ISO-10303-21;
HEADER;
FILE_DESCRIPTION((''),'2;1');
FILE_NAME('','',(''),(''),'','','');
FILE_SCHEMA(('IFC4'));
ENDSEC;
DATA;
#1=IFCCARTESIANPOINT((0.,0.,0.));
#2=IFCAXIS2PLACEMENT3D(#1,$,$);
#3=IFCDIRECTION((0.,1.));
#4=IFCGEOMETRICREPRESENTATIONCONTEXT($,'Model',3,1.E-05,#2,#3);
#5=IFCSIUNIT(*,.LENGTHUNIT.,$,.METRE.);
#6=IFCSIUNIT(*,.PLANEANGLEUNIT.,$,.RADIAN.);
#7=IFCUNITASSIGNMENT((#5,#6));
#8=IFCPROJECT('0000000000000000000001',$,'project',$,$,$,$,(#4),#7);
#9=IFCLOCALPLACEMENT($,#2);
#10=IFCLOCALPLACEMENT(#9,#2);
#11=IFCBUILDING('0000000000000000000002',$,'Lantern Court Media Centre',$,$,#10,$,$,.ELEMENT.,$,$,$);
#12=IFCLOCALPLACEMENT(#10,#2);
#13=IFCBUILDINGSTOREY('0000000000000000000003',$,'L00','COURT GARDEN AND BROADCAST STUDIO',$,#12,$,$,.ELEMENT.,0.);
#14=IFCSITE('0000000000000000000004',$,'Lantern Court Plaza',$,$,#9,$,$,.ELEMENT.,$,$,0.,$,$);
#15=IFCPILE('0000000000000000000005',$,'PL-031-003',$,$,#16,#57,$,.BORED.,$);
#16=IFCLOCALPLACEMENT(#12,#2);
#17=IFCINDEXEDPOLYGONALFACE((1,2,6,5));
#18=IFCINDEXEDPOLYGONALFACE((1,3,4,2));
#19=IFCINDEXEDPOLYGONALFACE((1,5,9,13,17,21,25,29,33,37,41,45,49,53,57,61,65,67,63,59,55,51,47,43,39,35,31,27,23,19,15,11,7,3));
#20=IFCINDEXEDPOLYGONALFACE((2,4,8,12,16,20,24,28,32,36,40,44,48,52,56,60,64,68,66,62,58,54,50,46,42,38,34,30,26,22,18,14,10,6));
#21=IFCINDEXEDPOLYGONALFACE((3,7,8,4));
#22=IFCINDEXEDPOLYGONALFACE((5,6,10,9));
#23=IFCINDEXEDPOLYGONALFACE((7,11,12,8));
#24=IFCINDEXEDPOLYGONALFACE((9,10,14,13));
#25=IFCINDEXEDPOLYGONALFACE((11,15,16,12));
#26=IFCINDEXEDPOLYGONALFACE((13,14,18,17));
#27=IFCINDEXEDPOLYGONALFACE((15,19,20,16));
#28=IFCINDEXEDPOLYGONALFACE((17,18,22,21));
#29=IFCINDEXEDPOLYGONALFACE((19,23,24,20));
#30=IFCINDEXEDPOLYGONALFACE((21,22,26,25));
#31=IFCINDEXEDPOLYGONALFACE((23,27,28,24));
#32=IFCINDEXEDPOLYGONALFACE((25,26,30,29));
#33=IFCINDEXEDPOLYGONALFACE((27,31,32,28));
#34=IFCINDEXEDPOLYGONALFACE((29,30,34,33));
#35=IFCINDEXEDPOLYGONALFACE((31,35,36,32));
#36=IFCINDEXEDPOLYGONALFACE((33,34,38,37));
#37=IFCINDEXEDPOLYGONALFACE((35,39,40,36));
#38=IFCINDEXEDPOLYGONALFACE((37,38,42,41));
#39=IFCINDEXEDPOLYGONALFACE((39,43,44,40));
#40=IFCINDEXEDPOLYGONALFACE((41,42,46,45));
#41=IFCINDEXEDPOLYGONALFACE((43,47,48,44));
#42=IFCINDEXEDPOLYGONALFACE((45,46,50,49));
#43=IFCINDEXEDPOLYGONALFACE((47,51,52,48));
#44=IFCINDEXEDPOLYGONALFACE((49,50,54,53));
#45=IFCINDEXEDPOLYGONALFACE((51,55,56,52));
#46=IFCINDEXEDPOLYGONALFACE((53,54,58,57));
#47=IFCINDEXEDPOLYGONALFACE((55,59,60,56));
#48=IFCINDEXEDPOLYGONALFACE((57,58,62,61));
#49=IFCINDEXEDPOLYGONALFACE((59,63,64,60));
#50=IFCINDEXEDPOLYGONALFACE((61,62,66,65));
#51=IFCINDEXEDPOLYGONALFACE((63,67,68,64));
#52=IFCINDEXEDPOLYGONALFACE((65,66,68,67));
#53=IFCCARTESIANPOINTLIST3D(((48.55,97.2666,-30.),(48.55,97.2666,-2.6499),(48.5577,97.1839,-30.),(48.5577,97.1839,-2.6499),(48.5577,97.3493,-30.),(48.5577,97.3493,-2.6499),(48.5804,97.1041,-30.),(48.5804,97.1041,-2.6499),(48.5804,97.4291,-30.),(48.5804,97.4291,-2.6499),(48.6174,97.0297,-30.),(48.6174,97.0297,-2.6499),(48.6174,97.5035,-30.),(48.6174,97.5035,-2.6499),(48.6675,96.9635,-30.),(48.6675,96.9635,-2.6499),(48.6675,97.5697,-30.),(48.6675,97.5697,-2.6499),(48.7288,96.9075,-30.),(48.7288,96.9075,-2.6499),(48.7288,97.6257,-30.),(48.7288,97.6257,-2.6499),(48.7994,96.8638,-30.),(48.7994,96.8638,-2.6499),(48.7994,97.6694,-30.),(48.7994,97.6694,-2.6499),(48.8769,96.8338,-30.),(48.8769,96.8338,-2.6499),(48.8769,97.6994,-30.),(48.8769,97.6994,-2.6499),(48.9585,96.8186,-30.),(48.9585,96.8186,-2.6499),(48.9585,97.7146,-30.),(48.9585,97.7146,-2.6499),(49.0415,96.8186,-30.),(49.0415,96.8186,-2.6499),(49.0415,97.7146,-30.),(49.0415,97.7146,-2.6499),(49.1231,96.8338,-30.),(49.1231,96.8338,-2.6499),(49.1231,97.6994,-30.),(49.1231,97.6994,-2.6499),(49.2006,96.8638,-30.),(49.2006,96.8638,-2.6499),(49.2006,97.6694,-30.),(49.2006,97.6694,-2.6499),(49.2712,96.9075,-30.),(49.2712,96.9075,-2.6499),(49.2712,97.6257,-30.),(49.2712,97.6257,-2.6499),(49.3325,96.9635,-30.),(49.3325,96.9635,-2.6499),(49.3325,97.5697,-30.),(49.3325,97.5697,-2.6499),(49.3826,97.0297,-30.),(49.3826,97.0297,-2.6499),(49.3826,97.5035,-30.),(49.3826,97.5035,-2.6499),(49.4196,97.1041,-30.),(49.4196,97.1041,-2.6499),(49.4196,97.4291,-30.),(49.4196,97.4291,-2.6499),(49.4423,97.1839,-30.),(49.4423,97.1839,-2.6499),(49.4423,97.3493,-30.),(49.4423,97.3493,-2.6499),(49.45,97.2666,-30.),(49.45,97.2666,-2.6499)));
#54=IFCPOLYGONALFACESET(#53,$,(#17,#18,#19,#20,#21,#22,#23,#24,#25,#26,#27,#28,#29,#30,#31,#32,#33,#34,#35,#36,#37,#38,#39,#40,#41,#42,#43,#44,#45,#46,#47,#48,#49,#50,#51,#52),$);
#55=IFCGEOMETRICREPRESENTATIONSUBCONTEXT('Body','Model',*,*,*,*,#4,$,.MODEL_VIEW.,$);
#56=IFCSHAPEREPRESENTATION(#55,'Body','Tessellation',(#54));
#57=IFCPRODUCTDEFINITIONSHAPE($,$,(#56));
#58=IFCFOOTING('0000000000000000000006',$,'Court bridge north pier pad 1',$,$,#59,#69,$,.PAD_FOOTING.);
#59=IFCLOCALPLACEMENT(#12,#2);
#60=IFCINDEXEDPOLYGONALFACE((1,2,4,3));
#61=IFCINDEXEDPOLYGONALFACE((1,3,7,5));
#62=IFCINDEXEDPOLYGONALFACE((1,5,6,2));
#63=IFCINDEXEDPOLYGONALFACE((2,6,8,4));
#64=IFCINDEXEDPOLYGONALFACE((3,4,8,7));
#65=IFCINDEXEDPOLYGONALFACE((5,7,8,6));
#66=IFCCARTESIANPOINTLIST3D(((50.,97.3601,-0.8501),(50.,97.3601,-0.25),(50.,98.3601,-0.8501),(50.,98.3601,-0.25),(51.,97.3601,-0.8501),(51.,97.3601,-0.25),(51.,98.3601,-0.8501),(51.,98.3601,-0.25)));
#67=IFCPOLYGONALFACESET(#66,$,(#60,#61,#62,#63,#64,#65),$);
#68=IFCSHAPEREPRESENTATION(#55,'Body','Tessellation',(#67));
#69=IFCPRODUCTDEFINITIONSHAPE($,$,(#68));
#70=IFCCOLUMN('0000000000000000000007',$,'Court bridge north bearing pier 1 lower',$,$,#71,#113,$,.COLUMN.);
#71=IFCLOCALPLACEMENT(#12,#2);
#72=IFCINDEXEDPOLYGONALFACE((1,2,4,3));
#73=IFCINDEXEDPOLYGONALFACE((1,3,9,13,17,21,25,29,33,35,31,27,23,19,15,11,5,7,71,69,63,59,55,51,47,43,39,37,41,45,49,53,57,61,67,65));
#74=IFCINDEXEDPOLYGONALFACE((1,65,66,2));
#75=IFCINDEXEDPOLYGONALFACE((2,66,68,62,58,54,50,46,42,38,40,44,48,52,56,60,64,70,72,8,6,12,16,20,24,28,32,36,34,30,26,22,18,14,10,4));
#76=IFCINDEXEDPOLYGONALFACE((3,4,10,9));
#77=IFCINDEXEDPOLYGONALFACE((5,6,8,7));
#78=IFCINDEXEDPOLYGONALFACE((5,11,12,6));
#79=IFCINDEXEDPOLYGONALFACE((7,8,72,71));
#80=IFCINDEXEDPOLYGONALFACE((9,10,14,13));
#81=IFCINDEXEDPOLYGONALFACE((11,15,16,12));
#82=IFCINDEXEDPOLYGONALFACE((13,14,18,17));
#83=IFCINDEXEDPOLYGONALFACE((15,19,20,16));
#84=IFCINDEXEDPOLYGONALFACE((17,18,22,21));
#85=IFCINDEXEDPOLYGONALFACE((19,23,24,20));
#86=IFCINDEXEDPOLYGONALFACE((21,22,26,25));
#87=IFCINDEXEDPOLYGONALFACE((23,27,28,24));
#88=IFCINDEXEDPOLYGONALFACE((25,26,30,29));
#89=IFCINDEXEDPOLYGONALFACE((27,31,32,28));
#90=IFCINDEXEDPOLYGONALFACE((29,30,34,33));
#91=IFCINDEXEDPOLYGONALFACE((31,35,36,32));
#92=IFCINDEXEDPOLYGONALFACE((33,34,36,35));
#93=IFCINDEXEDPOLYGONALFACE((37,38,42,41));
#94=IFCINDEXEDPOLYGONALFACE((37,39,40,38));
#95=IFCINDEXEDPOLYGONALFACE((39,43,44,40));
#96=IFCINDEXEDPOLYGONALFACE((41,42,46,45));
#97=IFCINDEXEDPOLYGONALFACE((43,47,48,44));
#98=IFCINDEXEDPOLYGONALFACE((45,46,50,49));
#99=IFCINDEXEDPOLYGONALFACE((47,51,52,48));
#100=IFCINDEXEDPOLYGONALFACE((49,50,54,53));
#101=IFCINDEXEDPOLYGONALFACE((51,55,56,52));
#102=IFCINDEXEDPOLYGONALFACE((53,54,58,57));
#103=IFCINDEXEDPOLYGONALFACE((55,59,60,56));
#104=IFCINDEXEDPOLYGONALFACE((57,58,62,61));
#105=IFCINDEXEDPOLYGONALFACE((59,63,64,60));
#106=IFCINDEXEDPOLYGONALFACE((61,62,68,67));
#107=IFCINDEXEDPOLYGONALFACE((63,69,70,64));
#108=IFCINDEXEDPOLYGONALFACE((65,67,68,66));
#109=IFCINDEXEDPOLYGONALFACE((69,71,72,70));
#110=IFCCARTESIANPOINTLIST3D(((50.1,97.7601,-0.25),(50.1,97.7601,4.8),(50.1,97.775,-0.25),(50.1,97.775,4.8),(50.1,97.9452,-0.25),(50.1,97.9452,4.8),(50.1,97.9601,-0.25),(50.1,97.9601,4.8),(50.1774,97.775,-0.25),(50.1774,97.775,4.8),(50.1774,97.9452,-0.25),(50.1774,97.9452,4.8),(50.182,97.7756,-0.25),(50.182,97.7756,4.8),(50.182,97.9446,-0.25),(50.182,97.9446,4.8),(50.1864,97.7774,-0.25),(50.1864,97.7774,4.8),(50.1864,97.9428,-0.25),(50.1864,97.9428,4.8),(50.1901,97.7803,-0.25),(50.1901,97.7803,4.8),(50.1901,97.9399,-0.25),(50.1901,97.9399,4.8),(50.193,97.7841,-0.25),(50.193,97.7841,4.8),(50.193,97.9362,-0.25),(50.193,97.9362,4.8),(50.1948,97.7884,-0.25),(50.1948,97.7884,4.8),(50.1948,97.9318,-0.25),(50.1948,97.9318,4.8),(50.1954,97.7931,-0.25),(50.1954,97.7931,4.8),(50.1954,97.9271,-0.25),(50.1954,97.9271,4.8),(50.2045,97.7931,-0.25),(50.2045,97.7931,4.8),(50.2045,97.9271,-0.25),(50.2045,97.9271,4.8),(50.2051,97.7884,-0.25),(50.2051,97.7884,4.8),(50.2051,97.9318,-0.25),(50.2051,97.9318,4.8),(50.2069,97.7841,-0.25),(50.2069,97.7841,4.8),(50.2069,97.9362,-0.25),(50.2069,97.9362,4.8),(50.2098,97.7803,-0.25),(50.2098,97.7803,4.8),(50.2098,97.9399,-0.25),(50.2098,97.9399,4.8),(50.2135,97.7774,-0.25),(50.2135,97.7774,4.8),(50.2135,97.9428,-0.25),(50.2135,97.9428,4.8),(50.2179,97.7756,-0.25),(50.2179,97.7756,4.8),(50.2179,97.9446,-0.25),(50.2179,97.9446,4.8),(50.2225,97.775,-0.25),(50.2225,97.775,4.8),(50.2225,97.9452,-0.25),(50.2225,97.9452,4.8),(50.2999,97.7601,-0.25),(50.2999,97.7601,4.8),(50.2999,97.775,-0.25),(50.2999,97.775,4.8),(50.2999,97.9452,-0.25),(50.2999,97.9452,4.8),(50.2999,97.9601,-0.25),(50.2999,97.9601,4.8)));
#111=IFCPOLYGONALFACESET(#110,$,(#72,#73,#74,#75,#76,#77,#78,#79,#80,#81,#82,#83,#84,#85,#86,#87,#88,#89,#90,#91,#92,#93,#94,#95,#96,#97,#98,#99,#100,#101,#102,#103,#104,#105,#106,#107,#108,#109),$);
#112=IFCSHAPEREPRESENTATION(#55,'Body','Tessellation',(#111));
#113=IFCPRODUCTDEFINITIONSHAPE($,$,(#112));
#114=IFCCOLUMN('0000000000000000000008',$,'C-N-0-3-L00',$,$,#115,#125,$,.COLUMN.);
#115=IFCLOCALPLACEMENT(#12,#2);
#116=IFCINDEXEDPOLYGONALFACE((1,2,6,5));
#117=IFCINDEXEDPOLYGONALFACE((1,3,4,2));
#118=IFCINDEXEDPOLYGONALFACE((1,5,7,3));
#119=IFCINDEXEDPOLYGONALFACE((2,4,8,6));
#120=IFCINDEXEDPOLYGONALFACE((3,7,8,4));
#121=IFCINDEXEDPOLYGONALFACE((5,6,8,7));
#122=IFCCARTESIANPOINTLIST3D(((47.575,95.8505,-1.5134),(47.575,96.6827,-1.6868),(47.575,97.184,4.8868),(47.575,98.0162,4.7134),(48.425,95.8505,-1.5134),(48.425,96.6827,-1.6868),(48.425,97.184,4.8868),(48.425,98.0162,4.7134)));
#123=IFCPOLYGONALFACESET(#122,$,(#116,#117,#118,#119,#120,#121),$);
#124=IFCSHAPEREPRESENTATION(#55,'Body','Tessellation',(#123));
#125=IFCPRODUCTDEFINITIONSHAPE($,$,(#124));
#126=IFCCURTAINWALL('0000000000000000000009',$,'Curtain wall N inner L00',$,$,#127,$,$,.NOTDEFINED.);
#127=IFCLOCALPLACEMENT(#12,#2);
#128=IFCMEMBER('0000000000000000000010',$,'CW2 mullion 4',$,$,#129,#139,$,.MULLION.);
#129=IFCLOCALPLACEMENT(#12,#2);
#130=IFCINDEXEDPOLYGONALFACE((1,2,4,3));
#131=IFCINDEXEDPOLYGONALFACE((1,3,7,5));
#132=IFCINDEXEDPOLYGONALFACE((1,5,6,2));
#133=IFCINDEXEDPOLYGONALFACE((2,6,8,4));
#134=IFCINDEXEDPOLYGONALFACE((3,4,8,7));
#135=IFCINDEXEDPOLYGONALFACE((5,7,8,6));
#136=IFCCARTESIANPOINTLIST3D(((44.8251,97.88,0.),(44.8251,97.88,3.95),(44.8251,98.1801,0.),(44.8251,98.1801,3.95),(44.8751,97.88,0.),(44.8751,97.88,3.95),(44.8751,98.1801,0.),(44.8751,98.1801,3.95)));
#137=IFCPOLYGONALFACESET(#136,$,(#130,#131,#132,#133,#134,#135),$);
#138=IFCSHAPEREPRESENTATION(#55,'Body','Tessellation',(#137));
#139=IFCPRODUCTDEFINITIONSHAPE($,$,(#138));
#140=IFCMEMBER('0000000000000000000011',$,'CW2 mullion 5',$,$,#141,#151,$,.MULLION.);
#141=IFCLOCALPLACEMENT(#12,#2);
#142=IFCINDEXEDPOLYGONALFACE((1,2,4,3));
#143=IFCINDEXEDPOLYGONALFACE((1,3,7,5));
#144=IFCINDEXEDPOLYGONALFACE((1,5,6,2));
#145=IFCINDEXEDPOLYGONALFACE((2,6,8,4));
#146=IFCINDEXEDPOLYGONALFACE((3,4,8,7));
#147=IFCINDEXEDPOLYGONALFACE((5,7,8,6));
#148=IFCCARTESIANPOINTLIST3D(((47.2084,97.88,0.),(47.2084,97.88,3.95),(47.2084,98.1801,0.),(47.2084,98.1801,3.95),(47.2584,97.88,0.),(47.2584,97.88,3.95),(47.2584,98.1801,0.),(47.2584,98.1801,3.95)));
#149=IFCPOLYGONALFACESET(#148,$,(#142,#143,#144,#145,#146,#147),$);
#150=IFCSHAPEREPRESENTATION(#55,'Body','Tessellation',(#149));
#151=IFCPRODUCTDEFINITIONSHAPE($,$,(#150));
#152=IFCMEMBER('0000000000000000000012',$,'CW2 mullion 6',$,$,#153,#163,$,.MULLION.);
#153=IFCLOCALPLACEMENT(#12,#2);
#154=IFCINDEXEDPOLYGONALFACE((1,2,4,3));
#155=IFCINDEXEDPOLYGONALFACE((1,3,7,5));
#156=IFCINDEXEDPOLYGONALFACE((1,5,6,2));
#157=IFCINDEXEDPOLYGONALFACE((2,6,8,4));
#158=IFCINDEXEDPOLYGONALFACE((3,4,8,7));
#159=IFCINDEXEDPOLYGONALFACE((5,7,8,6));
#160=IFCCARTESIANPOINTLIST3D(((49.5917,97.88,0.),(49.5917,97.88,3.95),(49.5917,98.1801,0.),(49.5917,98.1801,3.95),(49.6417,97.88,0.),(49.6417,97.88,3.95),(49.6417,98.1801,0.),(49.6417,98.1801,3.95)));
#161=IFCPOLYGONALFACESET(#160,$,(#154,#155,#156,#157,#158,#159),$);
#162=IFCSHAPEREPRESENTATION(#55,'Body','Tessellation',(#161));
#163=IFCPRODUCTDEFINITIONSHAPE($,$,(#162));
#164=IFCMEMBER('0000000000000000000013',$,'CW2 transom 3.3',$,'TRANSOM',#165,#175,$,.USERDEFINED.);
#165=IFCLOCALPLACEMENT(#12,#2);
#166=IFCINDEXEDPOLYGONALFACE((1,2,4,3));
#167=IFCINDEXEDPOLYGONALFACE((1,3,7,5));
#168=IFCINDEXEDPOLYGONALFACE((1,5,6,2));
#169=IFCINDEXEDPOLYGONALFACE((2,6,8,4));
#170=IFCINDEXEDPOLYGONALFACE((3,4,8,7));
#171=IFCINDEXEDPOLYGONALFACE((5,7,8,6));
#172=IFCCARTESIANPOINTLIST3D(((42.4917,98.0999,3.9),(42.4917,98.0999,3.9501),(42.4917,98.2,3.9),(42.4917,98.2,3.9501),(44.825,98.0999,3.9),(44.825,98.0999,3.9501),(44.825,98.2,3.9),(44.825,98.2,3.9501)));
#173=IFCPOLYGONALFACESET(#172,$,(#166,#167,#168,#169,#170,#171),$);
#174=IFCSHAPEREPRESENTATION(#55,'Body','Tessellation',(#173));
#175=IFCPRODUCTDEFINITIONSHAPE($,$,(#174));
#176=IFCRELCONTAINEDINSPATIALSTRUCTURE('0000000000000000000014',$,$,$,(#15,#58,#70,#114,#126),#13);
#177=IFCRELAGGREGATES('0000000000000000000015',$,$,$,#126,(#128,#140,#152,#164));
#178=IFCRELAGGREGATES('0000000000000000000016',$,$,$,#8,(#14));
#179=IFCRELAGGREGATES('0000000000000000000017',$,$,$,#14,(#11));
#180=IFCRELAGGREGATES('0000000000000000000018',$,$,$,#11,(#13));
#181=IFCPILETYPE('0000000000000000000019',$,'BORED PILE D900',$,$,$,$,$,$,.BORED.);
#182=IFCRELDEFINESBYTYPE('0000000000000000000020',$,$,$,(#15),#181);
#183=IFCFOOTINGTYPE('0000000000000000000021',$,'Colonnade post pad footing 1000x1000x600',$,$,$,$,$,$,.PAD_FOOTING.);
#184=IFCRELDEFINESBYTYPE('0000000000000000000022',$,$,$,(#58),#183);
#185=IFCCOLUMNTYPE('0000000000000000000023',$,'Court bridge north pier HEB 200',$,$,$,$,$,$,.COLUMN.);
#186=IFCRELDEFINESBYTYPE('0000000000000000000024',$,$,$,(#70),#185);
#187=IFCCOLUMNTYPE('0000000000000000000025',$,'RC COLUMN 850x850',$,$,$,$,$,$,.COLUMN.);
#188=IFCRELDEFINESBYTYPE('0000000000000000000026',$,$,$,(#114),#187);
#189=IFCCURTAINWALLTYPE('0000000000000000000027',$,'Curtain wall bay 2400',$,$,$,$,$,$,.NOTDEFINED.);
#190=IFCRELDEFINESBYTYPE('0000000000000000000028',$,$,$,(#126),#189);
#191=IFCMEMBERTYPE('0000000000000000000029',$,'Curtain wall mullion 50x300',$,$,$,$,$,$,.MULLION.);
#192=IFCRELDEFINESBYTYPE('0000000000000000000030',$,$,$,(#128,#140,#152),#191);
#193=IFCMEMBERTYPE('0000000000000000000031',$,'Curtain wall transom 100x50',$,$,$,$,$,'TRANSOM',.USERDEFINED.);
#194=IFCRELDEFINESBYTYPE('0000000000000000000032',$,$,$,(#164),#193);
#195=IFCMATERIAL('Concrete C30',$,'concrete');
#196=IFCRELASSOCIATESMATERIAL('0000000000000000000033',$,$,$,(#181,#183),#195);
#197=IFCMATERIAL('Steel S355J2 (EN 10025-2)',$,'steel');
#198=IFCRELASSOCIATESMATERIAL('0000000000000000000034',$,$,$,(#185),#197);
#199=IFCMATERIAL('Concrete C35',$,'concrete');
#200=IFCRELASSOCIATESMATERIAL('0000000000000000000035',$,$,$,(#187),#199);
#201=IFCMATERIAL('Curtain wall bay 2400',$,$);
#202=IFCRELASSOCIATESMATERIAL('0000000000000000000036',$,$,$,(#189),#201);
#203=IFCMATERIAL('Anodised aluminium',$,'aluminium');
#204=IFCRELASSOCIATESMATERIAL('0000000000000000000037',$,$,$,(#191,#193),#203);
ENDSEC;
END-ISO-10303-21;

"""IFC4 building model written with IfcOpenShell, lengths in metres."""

from ifc_helpers import new_model, si_unit, direction, frame, origin, origin_2d, place, context, subcontext, project, spatial, rectangle, circle, i_section, extrude, material, material_profile, profile_set, type_object, element, aggregate, save


model = new_model("IFC4")

# Units and contexts
model_context = context("Model", 3, precision=1e-05, world=origin(), true_north=direction((0.0, 1.0)))
body_context = subcontext(model_context, "Body", "Model", "MODEL_VIEW")
ifc_project = project(units=[si_unit("LENGTHUNIT", "METRE"), si_unit("PLANEANGLEUNIT", "RADIAN")], contexts=[model_context])

# Site, building, storey
site_placement = place(None, origin())
site = spatial("IfcSite", under=ifc_project, at=site_placement, Name="Lantern Court Plaza", CompositionType="ELEMENT", RefElevation=0.0)
building_placement = place(site_placement, origin())
building = spatial("IfcBuilding", under=site, at=building_placement, Name="Lantern Court Media Centre", CompositionType="ELEMENT")
storey_placement = place(building_placement, origin())
storey = spatial("IfcBuildingStorey", under=building, at=storey_placement, Name="L00", Description="COURT GARDEN AND BROADCAST STUDIO", CompositionType="ELEMENT", Elevation=0.0)

# Pile
ifc_material_1 = material(Name="Concrete C30", Category="concrete")
ifc_material_profile_1 = material_profile(ifc_material_1, circle(Radius=0.45, at=origin_2d()), Name="D900")
ifc_profile_set_1 = profile_set([ifc_material_profile_1], Name="Concrete C30")
pile_type_1 = type_object("IfcPileType", Name="BORED PILE D900", PredefinedType="BORED", material=ifc_profile_set_1)
for number, where, z_axis, x_axis, name in (
    (1, (49.0, 97.2666, -2.6499), (0.0, 0.0, -1.0), (1.0, 0.0, 0.0), "PL-031-003"),
):
    element("IfcPile", number, at=place(storey_placement, frame(where, z_axis=z_axis, x_axis=x_axis)), inside=storey, type_object=pile_type_1, Name=name, PredefinedType="BORED", context=body_context, shape_type="SweptSolid", body=[
        extrude(circle(Radius=0.45, at=origin_2d()), origin(), (0.0, 0.0, 1.0), 27.3501),
    ])

# Footing
footing_type = type_object("IfcFootingType", Name="Colonnade post pad footing 1000x1000x600", PredefinedType="PAD_FOOTING", material=ifc_material_1)
footing_placement = place(storey_placement, frame((50.5, 97.8601, -0.8501), z_axis=(0.0, 0.0, 1.0), x_axis=(1.0, 0.0, 0.0)))
element("IfcFooting", 2, at=footing_placement, inside=storey, type_object=footing_type, Name="Court bridge north pier pad 1", PredefinedType="PAD_FOOTING", context=body_context, shape_type="SweptSolid", body=[
    extrude(rectangle(XDim=1.0, YDim=1.0, at=origin_2d()), origin(), (0.0, 0.0, 1.0), 0.6001),
])

# Columns
ifc_material_2 = material(Name="Steel S355J2 (EN 10025-2)", Category="steel")
ifc_material_profile_2 = material_profile(ifc_material_2, i_section(OverallWidth=0.2, OverallDepth=0.2, WebThickness=0.009, FlangeThickness=0.0149, FilletRadius=0.0181, at=origin_2d()), Name="HEB 200")
ifc_profile_set_2 = profile_set([ifc_material_profile_2], Name="Steel S355J2 (EN 10025-2)")
column_type_1 = type_object("IfcColumnType", Name="Court bridge north pier HEB 200", PredefinedType="COLUMN", material=ifc_profile_set_2)
column_1_placement = place(storey_placement, frame((50.2, 97.8601, -0.25), z_axis=(0.0, 0.0, 1.0), x_axis=(1.0, 0.0, 0.0)))
element("IfcColumn", 3, at=column_1_placement, inside=storey, type_object=column_type_1, Name="Court bridge north bearing pier 1 lower", PredefinedType="COLUMN", context=body_context, shape_type="SweptSolid", body=[
    extrude(i_section(OverallWidth=0.2, OverallDepth=0.2, WebThickness=0.009, FlangeThickness=0.0149, FilletRadius=0.0181, at=origin_2d()), origin(), (0.0, 0.0, 1.0), 5.05),
])
ifc_material_3 = material(Name="Concrete C35", Category="concrete")
ifc_material_profile_3 = material_profile(ifc_material_3, rectangle(XDim=0.8501, YDim=0.8501, at=origin_2d()), Name="RC 850x850")
ifc_profile_set_3 = profile_set([ifc_material_profile_3], Name="Concrete C35")
column_type_2 = type_object("IfcColumnType", Name="RC COLUMN 850x850", PredefinedType="COLUMN", material=ifc_profile_set_3)
column_2_placement = place(storey_placement, frame((48.0, 96.2666, -1.6001), z_axis=(0.0, 0.203974, 0.978976), x_axis=(-1.0, 0.0, 0.0)))
element("IfcColumn", 4, at=column_2_placement, inside=storey, type_object=column_type_2, Name="C-N-0-3-L00", PredefinedType="COLUMN", context=body_context, shape_type="SweptSolid", body=[
    extrude(rectangle(XDim=0.8501, YDim=0.8501, at=origin_2d()), origin(), (0.0, 0.0, 1.0), 6.5376),
])

# Curtain wall, members
ifc_material_4 = material(Name="Curtain wall bay 2400")
curtain_wall_type_1 = type_object("IfcCurtainWallType", Name="Curtain wall bay 2400", PredefinedType="NOTDEFINED", material=ifc_material_4)
curtain_wall_1_placement = place(storey_placement, origin())
curtain_wall_1 = element("IfcCurtainWall", 5, at=curtain_wall_1_placement, inside=storey, type_object=curtain_wall_type_1, Name="Curtain wall N inner L00", PredefinedType="NOTDEFINED")
ifc_material_5 = material(Name="Anodised aluminium", Category="aluminium")
ifc_material_profile_4 = material_profile(ifc_material_5, rectangle(XDim=0.3, YDim=0.05, at=origin_2d()), Name="AL 50x300")
ifc_profile_set_4 = profile_set([ifc_material_profile_4], Name="Anodised aluminium")
member_type_1 = type_object("IfcMemberType", Name="Curtain wall mullion 50x300", PredefinedType="MULLION", material=ifc_profile_set_4)
member_1_placement = place(storey_placement, frame((44.8501, 98.03, 0.0), z_axis=(0.0, 0.0, 1.0), x_axis=(0.0, 1.0, 0.0)))
member_1 = element("IfcMember", 6, at=member_1_placement, type_object=member_type_1, Name="CW2 mullion 4", PredefinedType="MULLION", context=body_context, shape_type="SweptSolid", body=[
    extrude(rectangle(XDim=0.3, YDim=0.05, at=origin_2d()), origin(), (0.0, 0.0, 1.0), 3.95),
])
member_2_placement = place(storey_placement, frame((47.2334, 98.03, 0.0), z_axis=(0.0, 0.0, 1.0), x_axis=(0.0, 1.0, 0.0)))
member_2 = element("IfcMember", 7, at=member_2_placement, type_object=member_type_1, Name="CW2 mullion 5", PredefinedType="MULLION", context=body_context, shape_type="SweptSolid", body=[
    extrude(rectangle(XDim=0.3, YDim=0.05, at=origin_2d()), origin(), (0.0, 0.0, 1.0), 3.95),
])
member_3_placement = place(storey_placement, frame((49.6167, 98.03, 0.0), z_axis=(0.0, 0.0, 1.0), x_axis=(0.0, 1.0, 0.0)))
member_3 = element("IfcMember", 8, at=member_3_placement, type_object=member_type_1, Name="CW2 mullion 6", PredefinedType="MULLION", context=body_context, shape_type="SweptSolid", body=[
    extrude(rectangle(XDim=0.3, YDim=0.05, at=origin_2d()), origin(), (0.0, 0.0, 1.0), 3.95),
])
ifc_material_profile_5 = material_profile(ifc_material_5, rectangle(XDim=0.1001, YDim=0.05, at=origin_2d()), Name="AL 50x100")
ifc_profile_set_5 = profile_set([ifc_material_profile_5], Name="Anodised aluminium")
member_type_2 = type_object("IfcMemberType", Name="Curtain wall transom 100x50", ElementType="TRANSOM", PredefinedType="USERDEFINED", material=ifc_profile_set_5)
member_4_placement = place(storey_placement, frame((42.4917, 98.1499, 3.925), z_axis=(1.0, 0.0, 0.0), x_axis=(0.0, 1.0, 0.0)))
member_4 = element("IfcMember", 9, at=member_4_placement, type_object=member_type_2, Name="CW2 transom 3.3", ObjectType="TRANSOM", PredefinedType="USERDEFINED", context=body_context, shape_type="SweptSolid", body=[
    extrude(rectangle(XDim=0.1001, YDim=0.05, at=origin_2d()), origin(), (0.0, 0.0, 1.0), 2.3333),
])

aggregate(curtain_wall_1, [member_1, member_2, member_3, member_4])

save(model, "model.ifc")
